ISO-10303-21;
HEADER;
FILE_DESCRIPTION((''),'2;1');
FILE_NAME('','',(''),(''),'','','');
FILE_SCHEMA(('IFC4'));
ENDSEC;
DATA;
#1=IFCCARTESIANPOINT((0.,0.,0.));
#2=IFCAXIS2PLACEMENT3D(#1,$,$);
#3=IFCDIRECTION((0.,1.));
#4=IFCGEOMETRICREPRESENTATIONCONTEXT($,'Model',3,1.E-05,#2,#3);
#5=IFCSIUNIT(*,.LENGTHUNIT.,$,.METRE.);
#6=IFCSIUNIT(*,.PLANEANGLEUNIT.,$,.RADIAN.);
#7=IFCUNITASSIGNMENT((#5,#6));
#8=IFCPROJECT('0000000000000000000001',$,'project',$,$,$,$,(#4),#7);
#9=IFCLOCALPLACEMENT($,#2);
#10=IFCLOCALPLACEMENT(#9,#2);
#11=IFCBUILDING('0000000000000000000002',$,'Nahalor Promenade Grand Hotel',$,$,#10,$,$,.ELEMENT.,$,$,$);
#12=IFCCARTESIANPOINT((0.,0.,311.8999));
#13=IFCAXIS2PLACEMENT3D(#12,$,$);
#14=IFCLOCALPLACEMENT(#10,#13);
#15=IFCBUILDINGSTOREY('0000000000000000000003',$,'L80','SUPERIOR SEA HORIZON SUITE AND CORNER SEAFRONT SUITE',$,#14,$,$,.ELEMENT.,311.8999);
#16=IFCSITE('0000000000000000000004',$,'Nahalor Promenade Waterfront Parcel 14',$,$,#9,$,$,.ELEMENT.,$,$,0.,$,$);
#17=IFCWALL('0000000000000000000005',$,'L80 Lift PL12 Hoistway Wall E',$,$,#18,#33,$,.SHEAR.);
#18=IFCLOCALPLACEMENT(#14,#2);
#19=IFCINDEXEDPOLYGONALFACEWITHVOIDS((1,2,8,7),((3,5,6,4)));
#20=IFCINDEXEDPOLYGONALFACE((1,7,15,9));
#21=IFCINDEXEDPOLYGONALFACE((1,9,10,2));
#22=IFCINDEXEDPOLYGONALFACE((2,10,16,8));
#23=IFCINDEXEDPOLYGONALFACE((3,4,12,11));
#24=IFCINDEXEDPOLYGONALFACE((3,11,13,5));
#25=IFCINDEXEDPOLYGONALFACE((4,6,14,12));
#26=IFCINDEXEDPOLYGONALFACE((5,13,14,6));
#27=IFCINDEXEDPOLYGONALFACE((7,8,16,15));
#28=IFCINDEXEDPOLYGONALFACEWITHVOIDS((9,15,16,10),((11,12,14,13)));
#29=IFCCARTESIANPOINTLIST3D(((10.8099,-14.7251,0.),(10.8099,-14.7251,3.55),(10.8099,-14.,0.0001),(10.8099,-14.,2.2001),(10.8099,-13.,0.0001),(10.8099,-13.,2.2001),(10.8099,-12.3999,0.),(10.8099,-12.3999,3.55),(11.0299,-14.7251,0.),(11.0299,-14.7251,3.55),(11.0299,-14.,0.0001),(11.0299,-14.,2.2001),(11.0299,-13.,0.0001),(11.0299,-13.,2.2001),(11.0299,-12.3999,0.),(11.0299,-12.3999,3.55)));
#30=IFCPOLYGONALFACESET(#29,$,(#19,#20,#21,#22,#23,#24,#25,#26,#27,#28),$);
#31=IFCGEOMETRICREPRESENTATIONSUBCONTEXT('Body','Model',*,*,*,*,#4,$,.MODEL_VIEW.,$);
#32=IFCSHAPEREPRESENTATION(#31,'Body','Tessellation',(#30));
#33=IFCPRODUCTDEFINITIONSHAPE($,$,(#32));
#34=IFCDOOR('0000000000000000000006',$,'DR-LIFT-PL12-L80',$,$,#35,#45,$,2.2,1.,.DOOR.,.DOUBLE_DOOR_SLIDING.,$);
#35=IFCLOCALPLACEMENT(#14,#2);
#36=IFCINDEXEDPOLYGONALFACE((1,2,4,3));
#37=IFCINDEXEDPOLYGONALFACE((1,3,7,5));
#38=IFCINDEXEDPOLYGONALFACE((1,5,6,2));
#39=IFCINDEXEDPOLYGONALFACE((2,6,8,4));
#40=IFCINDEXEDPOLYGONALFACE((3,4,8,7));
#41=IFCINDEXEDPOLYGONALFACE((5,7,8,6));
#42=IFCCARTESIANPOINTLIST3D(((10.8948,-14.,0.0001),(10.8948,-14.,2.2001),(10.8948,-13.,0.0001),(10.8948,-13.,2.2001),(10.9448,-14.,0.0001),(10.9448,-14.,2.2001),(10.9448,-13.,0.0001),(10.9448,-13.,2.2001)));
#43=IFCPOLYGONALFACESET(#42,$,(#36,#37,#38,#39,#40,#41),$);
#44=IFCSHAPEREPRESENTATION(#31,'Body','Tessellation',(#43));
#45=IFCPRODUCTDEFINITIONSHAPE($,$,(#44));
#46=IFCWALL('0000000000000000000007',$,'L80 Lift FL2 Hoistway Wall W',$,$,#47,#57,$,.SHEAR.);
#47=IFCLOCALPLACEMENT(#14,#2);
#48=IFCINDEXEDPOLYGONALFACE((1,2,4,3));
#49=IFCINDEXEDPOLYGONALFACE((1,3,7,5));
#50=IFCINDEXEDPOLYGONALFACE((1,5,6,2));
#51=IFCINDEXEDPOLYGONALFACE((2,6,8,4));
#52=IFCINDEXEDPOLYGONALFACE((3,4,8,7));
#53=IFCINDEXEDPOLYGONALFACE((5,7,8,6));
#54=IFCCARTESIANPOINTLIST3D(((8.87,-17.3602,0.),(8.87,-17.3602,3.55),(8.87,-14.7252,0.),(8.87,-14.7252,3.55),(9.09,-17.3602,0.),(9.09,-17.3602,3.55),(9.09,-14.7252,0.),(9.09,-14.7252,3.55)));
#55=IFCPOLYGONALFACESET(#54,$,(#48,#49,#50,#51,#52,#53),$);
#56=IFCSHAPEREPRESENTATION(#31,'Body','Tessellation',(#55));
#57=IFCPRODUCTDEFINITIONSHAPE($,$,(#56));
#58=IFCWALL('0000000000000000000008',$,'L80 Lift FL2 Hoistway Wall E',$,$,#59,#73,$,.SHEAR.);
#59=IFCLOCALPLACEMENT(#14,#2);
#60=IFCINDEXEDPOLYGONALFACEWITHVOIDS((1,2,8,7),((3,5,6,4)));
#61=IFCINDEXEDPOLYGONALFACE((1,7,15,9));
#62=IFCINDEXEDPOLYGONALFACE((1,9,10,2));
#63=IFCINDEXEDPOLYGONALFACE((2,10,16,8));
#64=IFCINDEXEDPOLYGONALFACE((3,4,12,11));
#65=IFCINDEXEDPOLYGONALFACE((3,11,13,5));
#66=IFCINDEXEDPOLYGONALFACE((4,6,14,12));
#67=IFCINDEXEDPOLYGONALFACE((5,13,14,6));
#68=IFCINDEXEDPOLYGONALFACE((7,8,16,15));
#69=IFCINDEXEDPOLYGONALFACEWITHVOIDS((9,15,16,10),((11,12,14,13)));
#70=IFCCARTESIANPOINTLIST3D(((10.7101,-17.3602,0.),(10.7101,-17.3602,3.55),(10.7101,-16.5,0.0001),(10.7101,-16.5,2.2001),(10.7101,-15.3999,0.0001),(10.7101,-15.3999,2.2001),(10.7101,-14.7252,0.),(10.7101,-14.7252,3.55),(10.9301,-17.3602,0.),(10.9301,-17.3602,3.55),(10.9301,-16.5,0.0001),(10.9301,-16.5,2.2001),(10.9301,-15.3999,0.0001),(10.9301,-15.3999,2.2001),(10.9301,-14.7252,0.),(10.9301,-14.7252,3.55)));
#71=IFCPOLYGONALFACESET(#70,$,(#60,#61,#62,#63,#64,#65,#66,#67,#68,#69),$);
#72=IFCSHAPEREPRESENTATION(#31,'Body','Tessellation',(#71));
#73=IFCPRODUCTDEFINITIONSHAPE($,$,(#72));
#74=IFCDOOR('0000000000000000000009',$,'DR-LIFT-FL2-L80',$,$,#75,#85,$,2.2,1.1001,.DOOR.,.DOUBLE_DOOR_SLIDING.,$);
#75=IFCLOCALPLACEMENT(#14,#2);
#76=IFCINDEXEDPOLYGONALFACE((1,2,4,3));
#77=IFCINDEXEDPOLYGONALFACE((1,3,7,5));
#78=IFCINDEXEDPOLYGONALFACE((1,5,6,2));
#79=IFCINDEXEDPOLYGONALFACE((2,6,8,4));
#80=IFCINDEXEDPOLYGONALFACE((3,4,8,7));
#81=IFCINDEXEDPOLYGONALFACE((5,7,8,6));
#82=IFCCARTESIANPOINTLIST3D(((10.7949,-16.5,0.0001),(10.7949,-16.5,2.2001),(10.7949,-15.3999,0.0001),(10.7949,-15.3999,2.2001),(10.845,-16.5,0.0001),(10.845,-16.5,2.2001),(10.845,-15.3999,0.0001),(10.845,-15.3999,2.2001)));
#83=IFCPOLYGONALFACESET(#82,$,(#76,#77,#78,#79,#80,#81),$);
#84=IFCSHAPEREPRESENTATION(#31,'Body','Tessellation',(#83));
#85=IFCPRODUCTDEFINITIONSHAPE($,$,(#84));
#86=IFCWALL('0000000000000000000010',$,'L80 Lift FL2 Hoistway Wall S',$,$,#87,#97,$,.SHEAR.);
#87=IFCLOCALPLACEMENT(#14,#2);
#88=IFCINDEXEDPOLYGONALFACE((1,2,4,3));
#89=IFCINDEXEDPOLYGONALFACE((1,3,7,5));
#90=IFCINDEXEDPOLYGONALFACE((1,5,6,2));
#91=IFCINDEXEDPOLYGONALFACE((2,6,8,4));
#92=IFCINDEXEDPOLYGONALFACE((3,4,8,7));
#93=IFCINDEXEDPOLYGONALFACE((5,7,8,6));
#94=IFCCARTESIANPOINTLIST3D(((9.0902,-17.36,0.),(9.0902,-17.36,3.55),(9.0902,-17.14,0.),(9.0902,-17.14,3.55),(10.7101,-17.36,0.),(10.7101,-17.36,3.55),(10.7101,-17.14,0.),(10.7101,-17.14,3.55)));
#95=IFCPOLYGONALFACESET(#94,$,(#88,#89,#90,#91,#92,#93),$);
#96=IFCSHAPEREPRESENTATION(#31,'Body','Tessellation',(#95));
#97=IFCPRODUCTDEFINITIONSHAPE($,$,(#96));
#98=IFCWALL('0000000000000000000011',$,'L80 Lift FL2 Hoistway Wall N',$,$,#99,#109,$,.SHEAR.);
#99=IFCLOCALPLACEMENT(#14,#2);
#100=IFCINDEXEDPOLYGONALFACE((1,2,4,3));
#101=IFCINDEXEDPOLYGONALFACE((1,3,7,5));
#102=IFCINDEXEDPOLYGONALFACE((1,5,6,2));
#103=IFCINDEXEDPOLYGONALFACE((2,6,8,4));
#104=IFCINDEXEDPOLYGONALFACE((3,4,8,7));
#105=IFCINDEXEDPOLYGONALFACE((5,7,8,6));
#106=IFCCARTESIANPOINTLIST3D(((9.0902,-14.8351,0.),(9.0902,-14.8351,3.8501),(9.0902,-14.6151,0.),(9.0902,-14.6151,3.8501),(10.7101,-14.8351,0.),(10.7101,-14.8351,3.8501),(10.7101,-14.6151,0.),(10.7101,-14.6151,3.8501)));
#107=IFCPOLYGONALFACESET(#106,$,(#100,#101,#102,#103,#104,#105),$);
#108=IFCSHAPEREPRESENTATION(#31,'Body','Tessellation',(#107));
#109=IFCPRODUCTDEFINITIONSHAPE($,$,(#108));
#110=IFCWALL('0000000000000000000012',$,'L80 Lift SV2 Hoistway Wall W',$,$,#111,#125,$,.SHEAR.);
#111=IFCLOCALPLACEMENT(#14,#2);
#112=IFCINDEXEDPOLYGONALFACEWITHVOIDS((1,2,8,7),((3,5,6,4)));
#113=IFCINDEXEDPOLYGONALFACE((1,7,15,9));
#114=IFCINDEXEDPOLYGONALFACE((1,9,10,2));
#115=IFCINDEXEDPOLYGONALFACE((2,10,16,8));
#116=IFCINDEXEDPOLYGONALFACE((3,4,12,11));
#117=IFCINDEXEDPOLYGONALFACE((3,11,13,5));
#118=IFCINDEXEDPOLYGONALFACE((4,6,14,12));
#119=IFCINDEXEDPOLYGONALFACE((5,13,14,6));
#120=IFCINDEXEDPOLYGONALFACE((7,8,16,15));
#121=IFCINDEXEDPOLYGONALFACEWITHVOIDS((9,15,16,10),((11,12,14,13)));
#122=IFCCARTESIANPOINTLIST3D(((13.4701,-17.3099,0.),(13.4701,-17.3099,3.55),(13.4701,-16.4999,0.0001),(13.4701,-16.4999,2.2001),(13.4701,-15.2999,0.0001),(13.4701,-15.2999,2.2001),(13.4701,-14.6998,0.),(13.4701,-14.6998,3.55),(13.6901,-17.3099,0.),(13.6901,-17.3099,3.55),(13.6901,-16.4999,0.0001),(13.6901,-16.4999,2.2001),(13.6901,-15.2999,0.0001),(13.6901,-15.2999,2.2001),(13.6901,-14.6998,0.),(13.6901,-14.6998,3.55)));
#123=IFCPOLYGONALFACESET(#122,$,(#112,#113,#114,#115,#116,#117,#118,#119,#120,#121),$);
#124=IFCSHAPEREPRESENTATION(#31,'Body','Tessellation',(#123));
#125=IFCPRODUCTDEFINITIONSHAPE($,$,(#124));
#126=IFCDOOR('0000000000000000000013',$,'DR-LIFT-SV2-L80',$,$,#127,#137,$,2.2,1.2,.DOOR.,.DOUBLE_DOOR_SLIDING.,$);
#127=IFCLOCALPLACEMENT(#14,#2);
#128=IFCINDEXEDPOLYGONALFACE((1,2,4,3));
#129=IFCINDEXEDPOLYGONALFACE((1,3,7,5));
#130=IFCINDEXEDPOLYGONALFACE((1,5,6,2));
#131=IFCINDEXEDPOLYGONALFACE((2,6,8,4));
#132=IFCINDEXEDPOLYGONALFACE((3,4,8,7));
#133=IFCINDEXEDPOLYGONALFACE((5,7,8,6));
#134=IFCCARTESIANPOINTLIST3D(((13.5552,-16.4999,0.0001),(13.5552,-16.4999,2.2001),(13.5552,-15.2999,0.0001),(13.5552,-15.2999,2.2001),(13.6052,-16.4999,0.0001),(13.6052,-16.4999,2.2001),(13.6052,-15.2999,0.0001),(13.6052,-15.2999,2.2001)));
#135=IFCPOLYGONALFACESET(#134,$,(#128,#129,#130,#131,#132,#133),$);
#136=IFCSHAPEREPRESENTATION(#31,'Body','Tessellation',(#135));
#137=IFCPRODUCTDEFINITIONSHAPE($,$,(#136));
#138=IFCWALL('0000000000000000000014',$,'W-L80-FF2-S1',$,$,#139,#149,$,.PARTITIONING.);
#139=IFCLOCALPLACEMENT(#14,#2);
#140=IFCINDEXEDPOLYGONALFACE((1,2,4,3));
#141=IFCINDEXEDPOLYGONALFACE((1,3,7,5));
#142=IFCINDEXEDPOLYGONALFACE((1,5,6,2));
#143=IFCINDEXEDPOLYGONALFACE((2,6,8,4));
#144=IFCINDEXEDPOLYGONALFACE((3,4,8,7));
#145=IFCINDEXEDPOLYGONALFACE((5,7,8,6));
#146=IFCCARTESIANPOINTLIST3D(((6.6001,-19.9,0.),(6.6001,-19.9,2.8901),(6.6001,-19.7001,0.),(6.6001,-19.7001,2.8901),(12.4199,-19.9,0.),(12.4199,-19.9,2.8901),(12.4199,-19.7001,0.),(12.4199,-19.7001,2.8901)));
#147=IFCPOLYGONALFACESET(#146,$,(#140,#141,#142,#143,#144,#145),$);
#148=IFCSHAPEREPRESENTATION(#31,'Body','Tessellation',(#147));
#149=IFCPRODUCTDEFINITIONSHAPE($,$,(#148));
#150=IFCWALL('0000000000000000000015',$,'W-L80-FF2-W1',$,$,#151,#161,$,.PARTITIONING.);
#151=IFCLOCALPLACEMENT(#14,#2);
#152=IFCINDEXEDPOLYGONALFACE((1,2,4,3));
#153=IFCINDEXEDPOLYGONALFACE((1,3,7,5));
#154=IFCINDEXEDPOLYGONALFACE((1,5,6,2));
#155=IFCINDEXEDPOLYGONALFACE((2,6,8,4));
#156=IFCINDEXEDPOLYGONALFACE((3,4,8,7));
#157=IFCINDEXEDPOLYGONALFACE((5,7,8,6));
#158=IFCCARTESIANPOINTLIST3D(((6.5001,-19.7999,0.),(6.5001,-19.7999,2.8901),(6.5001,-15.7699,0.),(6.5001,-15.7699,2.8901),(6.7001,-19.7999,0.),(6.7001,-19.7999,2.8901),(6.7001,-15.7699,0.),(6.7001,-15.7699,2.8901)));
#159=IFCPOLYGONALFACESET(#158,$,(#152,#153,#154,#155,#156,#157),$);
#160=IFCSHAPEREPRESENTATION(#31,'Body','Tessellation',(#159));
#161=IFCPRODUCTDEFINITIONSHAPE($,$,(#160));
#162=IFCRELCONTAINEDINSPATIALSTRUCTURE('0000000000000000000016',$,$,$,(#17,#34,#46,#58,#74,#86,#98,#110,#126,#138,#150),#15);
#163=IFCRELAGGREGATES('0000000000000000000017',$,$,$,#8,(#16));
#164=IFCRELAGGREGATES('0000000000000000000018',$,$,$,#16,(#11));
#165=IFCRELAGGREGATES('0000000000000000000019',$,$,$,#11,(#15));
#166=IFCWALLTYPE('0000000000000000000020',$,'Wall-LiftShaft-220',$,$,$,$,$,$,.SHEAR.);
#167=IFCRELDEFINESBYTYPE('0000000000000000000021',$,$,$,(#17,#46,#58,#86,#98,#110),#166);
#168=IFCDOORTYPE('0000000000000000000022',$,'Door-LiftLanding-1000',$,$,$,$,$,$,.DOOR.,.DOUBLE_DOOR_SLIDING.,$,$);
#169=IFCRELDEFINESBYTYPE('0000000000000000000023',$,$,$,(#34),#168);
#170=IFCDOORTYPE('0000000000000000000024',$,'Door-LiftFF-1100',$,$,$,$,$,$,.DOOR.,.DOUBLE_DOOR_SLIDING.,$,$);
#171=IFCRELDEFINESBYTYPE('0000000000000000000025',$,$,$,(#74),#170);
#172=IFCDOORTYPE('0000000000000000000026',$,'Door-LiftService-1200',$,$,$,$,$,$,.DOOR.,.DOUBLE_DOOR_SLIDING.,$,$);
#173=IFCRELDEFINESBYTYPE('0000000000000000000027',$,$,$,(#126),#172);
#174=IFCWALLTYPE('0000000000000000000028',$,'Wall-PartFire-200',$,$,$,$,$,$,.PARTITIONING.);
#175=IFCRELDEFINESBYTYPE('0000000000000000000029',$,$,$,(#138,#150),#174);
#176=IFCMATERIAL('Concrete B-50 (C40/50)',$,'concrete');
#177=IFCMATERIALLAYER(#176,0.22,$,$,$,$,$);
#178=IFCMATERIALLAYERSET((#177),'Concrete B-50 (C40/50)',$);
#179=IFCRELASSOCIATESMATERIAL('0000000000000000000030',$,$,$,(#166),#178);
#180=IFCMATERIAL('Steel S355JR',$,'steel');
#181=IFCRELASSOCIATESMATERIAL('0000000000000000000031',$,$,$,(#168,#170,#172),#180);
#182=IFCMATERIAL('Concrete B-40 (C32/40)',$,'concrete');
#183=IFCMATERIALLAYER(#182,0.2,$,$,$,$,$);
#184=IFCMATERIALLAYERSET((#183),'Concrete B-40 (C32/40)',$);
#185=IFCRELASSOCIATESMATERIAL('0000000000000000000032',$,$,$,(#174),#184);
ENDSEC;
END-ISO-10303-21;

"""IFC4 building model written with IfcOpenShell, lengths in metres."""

from ifc_helpers import new_model, si_unit, direction, frame, frame_2d, origin, place, context, subcontext, project, spatial, rectangle, extrude, source, transform, mapped, material, layer, layer_set, type_object, element, fill, save


model = new_model("IFC4")

# Units and contexts
model_context = context("Model", 3, precision=1e-05, world=origin(), true_north=direction((0.0, 1.0)))
body_context = subcontext(model_context, "Body", "Model", "MODEL_VIEW")
ifc_project = project(units=[si_unit("LENGTHUNIT", "METRE"), si_unit("PLANEANGLEUNIT", "RADIAN")], contexts=[model_context])

# Site, building, storey
site_placement = place(None, origin())
site = spatial("IfcSite", under=ifc_project, at=site_placement, Name="Nahalor Promenade Waterfront Parcel 14", CompositionType="ELEMENT", RefElevation=0.0)
building_placement = place(site_placement, origin())
building = spatial("IfcBuilding", under=site, at=building_placement, Name="Nahalor Promenade Grand Hotel", CompositionType="ELEMENT")
storey_placement = place(building_placement, frame((0.0, 0.0, 311.8999)))
storey = spatial("IfcBuildingStorey", under=building, at=storey_placement, Name="L80", Description="SUPERIOR SEA HORIZON SUITE AND CORNER SEAFRONT SUITE", CompositionType="ELEMENT", Elevation=311.8999)

# Shared definitions
ifc_material_1 = material(Name="Concrete B-50 (C40/50)", Category="concrete")
ifc_material_2 = material(Name="Steel S355JR", Category="steel")

# Shared definitions
ifc_layer_1 = layer(ifc_material_1, 0.22)
ifc_layer_set_1 = layer_set([ifc_layer_1], Name="Concrete B-50 (C40/50)")
wall_type_1 = type_object("IfcWallType", Name="Wall-LiftShaft-220", PredefinedType="SHEAR", material=ifc_layer_set_1)
shared_shape_1 = source(origin(), body_context, "Body", "SweptSolid", [
    extrude(rectangle(XDim=2.3252, YDim=0.22, at=frame_2d((1.1626, 0.0))), origin(), (0.0, 0.0, 1.0), 3.55),
])

# Wall, opening, door
wall_1_placement = place(storey_placement, frame((10.9199, -14.7251, 0.0), z_axis=(0.0, 0.0, 1.0), x_axis=(0.0, 1.0, 0.0)))
wall_1 = element("IfcWall", 1, at=wall_1_placement, inside=storey, type_object=wall_type_1, Name="L80 Lift PL12 Hoistway Wall E", PredefinedType="SHEAR", context=body_context, shape_type="MappedRepresentation", body=[
    mapped(shared_shape_1, transform((0.0, 0.0, 0.0), scale=1.0)),
])
opening_1_placement = place(wall_1_placement, frame((0.7251, 0.0, 0.0)))
opening_1 = element("IfcOpeningElement", 2, at=opening_1_placement, cuts=wall_1, PredefinedType="OPENING", context=body_context, shape_type="SweptSolid", body=[
    extrude(rectangle(XDim=1.0, YDim=2.2, at=frame_2d((0.5, 1.1001))), frame((0.0, 0.1199, 0.0), z_axis=(0.0, -1.0, 0.0), x_axis=(1.0, 0.0, 0.0)), (0.0, 0.0, 1.0), 0.24),
])
door_type_1 = type_object("IfcDoorType", Name="Door-LiftLanding-1000", OperationType="DOUBLE_DOOR_SLIDING", PredefinedType="DOOR", material=ifc_material_2)
shared_shape_2 = source(origin(), body_context, "Body", "SweptSolid", [
    extrude(rectangle(XDim=1.0, YDim=2.2, at=frame_2d((0.5, 1.1001))), frame((0.0, 0.0249, 0.0), z_axis=(0.0, -1.0, 0.0), x_axis=(1.0, 0.0, 0.0)), (0.0, 0.0, 1.0), 0.05),
])
door_1_placement = place(opening_1_placement, frame((1.0, 0.0, 0.0), z_axis=(0.0, 0.0, 1.0), x_axis=(-1.0, 0.0, 0.0)))
door_1 = element("IfcDoor", 3, at=door_1_placement, inside=storey, type_object=door_type_1, Name="DR-LIFT-PL12-L80", OperationType="DOUBLE_DOOR_SLIDING", OverallHeight=2.2, OverallWidth=1.0, PredefinedType="DOOR", context=body_context, shape_type="MappedRepresentation", body=[
    mapped(shared_shape_2, transform((0.0, 0.0, 0.0), scale=1.0)),
])
fill(opening_1, door_1)

# Wall
shared_shape_3 = source(origin(), body_context, "Body", "SweptSolid", [
    extrude(rectangle(XDim=2.635, YDim=0.22, at=frame_2d((1.3174, 0.0))), origin(), (0.0, 0.0, 1.0), 3.55),
])
wall_2_placement = place(storey_placement, frame((8.98, -17.3601, 0.0), z_axis=(0.0, 0.0, 1.0), x_axis=(0.0, 1.0, 0.0)))
element("IfcWall", 4, at=wall_2_placement, inside=storey, type_object=wall_type_1, Name="L80 Lift FL2 Hoistway Wall W", PredefinedType="SHEAR", context=body_context, shape_type="MappedRepresentation", body=[
    mapped(shared_shape_3, transform((0.0, 0.0, 0.0), scale=1.0)),
])

# Wall, opening, door
wall_3_placement = place(storey_placement, frame((10.8201, -17.3601, 0.0), z_axis=(0.0, 0.0, 1.0), x_axis=(0.0, 1.0, 0.0)))
wall_3 = element("IfcWall", 5, at=wall_3_placement, inside=storey, type_object=wall_type_1, Name="L80 Lift FL2 Hoistway Wall E", PredefinedType="SHEAR", context=body_context, shape_type="MappedRepresentation", body=[
    mapped(shared_shape_3, transform((0.0, 0.0, 0.0), scale=1.0)),
])
opening_2_placement = place(wall_3_placement, frame((0.8601, 0.0, 0.0)))
opening_2 = element("IfcOpeningElement", 6, at=opening_2_placement, cuts=wall_3, PredefinedType="OPENING", context=body_context, shape_type="SweptSolid", body=[
    extrude(rectangle(XDim=1.1001, YDim=2.2, at=frame_2d((0.55, 1.1001))), frame((0.0, 0.1199, 0.0), z_axis=(0.0, -1.0, 0.0), x_axis=(1.0, 0.0, 0.0)), (0.0, 0.0, 1.0), 0.24),
])
door_type_2 = type_object("IfcDoorType", Name="Door-LiftFF-1100", OperationType="DOUBLE_DOOR_SLIDING", PredefinedType="DOOR", material=ifc_material_2)
shared_shape_4 = source(origin(), body_context, "Body", "SweptSolid", [
    extrude(rectangle(XDim=1.1001, YDim=2.2, at=frame_2d((0.55, 1.1001))), frame((0.0, 0.0249, 0.0), z_axis=(0.0, -1.0, 0.0), x_axis=(1.0, 0.0, 0.0)), (0.0, 0.0, 1.0), 0.05),
])
door_2_placement = place(opening_2_placement, frame((1.1001, 0.0, 0.0), z_axis=(0.0, 0.0, 1.0), x_axis=(-1.0, 0.0, 0.0)))
door_2 = element("IfcDoor", 7, at=door_2_placement, inside=storey, type_object=door_type_2, Name="DR-LIFT-FL2-L80", OperationType="DOUBLE_DOOR_SLIDING", OverallHeight=2.2, OverallWidth=1.1001, PredefinedType="DOOR", context=body_context, shape_type="MappedRepresentation", body=[
    mapped(shared_shape_4, transform((0.0, 0.0, 0.0), scale=1.0)),
])
fill(opening_2, door_2)

# Walls
shared_shape_5 = source(origin(), body_context, "Body", "SweptSolid", [
    extrude(rectangle(XDim=1.6199, YDim=0.22, at=frame_2d((0.8101, 0.0))), origin(), (0.0, 0.0, 1.0), 3.55),
])
wall_4_placement = place(storey_placement, frame((9.0901, -17.25, 0.0), z_axis=(0.0, 0.0, 1.0), x_axis=(1.0, 0.0, 0.0)))
element("IfcWall", 8, at=wall_4_placement, inside=storey, type_object=wall_type_1, Name="L80 Lift FL2 Hoistway Wall S", PredefinedType="SHEAR", context=body_context, shape_type="MappedRepresentation", body=[
    mapped(shared_shape_5, transform((0.0, 0.0, 0.0), scale=1.0)),
])
shared_shape_6 = source(origin(), body_context, "Body", "SweptSolid", [
    extrude(rectangle(XDim=1.6199, YDim=0.22, at=frame_2d((0.8101, 0.0))), origin(), (0.0, 0.0, 1.0), 3.8501),
])
wall_5_placement = place(storey_placement, frame((9.0901, -14.7251, 0.0), z_axis=(0.0, 0.0, 1.0), x_axis=(1.0, 0.0, 0.0)))
element("IfcWall", 9, at=wall_5_placement, inside=storey, type_object=wall_type_1, Name="L80 Lift FL2 Hoistway Wall N", PredefinedType="SHEAR", context=body_context, shape_type="MappedRepresentation", body=[
    mapped(shared_shape_6, transform((0.0, 0.0, 0.0), scale=1.0)),
])

# Wall, opening, door
shared_shape_7 = source(origin(), body_context, "Body", "SweptSolid", [
    extrude(rectangle(XDim=2.6101, YDim=0.22, at=frame_2d((1.3052, 0.0))), origin(), (0.0, 0.0, 1.0), 3.55),
])
wall_6_placement = place(storey_placement, frame((13.5801, -17.3101, 0.0), z_axis=(0.0, 0.0, 1.0), x_axis=(0.0, 1.0, 0.0)))
wall_6 = element("IfcWall", 10, at=wall_6_placement, inside=storey, type_object=wall_type_1, Name="L80 Lift SV2 Hoistway Wall W", PredefinedType="SHEAR", context=body_context, shape_type="MappedRepresentation", body=[
    mapped(shared_shape_7, transform((0.0, 0.0, 0.0), scale=1.0)),
])
opening_3_placement = place(wall_6_placement, frame((0.8101, 0.0, 0.0)))
opening_3 = element("IfcOpeningElement", 11, at=opening_3_placement, cuts=wall_6, PredefinedType="OPENING", context=body_context, shape_type="SweptSolid", body=[
    extrude(rectangle(XDim=1.2, YDim=2.2, at=frame_2d((0.6001, 1.1001))), frame((0.0, 0.1199, 0.0), z_axis=(0.0, -1.0, 0.0), x_axis=(1.0, 0.0, 0.0)), (0.0, 0.0, 1.0), 0.24),
])
door_type_3 = type_object("IfcDoorType", Name="Door-LiftService-1200", OperationType="DOUBLE_DOOR_SLIDING", PredefinedType="DOOR", material=ifc_material_2)
shared_shape_8 = source(origin(), body_context, "Body", "SweptSolid", [
    extrude(rectangle(XDim=1.2, YDim=2.2, at=frame_2d((0.6001, 1.1001))), frame((0.0, 0.0249, 0.0), z_axis=(0.0, -1.0, 0.0), x_axis=(1.0, 0.0, 0.0)), (0.0, 0.0, 1.0), 0.05),
])
door_3_placement = place(opening_3_placement, origin())
door_3 = element("IfcDoor", 12, at=door_3_placement, inside=storey, type_object=door_type_3, Name="DR-LIFT-SV2-L80", OperationType="DOUBLE_DOOR_SLIDING", OverallHeight=2.2, OverallWidth=1.2, PredefinedType="DOOR", context=body_context, shape_type="MappedRepresentation", body=[
    mapped(shared_shape_8, transform((0.0, 0.0, 0.0), scale=1.0)),
])
fill(opening_3, door_3)

# Walls
ifc_material_3 = material(Name="Concrete B-40 (C32/40)", Category="concrete")
ifc_layer_2 = layer(ifc_material_3, 0.2)
ifc_layer_set_2 = layer_set([ifc_layer_2], Name="Concrete B-40 (C32/40)")
wall_type_2 = type_object("IfcWallType", Name="Wall-PartFire-200", PredefinedType="PARTITIONING", material=ifc_layer_set_2)
shared_shape_9 = source(origin(), body_context, "Body", "SweptSolid", [
    extrude(rectangle(XDim=5.8198, YDim=0.2, at=frame_2d((2.9099, 0.0))), origin(), (0.0, 0.0, 1.0), 2.8901),
])
wall_7_placement = place(storey_placement, frame((6.6001, -19.8, 0.0), z_axis=(0.0, 0.0, 1.0), x_axis=(1.0, 0.0, 0.0)))
element("IfcWall", 13, at=wall_7_placement, inside=storey, type_object=wall_type_2, Name="W-L80-FF2-S1", PredefinedType="PARTITIONING", context=body_context, shape_type="MappedRepresentation", body=[
    mapped(shared_shape_9, transform((0.0, 0.0, 0.0), scale=1.0)),
])
shared_shape_10 = source(origin(), body_context, "Body", "SweptSolid", [
    extrude(rectangle(XDim=4.03, YDim=0.2, at=frame_2d((2.0151, 0.0))), origin(), (0.0, 0.0, 1.0), 2.8901),
])
wall_8_placement = place(storey_placement, frame((6.6001, -19.8, 0.0), z_axis=(0.0, 0.0, 1.0), x_axis=(0.0, 1.0, 0.0)))
element("IfcWall", 14, at=wall_8_placement, inside=storey, type_object=wall_type_2, Name="W-L80-FF2-W1", PredefinedType="PARTITIONING", context=body_context, shape_type="MappedRepresentation", body=[
    mapped(shared_shape_10, transform((0.0, 0.0, 0.0), scale=1.0)),
])

save(model, "model.ifc")
